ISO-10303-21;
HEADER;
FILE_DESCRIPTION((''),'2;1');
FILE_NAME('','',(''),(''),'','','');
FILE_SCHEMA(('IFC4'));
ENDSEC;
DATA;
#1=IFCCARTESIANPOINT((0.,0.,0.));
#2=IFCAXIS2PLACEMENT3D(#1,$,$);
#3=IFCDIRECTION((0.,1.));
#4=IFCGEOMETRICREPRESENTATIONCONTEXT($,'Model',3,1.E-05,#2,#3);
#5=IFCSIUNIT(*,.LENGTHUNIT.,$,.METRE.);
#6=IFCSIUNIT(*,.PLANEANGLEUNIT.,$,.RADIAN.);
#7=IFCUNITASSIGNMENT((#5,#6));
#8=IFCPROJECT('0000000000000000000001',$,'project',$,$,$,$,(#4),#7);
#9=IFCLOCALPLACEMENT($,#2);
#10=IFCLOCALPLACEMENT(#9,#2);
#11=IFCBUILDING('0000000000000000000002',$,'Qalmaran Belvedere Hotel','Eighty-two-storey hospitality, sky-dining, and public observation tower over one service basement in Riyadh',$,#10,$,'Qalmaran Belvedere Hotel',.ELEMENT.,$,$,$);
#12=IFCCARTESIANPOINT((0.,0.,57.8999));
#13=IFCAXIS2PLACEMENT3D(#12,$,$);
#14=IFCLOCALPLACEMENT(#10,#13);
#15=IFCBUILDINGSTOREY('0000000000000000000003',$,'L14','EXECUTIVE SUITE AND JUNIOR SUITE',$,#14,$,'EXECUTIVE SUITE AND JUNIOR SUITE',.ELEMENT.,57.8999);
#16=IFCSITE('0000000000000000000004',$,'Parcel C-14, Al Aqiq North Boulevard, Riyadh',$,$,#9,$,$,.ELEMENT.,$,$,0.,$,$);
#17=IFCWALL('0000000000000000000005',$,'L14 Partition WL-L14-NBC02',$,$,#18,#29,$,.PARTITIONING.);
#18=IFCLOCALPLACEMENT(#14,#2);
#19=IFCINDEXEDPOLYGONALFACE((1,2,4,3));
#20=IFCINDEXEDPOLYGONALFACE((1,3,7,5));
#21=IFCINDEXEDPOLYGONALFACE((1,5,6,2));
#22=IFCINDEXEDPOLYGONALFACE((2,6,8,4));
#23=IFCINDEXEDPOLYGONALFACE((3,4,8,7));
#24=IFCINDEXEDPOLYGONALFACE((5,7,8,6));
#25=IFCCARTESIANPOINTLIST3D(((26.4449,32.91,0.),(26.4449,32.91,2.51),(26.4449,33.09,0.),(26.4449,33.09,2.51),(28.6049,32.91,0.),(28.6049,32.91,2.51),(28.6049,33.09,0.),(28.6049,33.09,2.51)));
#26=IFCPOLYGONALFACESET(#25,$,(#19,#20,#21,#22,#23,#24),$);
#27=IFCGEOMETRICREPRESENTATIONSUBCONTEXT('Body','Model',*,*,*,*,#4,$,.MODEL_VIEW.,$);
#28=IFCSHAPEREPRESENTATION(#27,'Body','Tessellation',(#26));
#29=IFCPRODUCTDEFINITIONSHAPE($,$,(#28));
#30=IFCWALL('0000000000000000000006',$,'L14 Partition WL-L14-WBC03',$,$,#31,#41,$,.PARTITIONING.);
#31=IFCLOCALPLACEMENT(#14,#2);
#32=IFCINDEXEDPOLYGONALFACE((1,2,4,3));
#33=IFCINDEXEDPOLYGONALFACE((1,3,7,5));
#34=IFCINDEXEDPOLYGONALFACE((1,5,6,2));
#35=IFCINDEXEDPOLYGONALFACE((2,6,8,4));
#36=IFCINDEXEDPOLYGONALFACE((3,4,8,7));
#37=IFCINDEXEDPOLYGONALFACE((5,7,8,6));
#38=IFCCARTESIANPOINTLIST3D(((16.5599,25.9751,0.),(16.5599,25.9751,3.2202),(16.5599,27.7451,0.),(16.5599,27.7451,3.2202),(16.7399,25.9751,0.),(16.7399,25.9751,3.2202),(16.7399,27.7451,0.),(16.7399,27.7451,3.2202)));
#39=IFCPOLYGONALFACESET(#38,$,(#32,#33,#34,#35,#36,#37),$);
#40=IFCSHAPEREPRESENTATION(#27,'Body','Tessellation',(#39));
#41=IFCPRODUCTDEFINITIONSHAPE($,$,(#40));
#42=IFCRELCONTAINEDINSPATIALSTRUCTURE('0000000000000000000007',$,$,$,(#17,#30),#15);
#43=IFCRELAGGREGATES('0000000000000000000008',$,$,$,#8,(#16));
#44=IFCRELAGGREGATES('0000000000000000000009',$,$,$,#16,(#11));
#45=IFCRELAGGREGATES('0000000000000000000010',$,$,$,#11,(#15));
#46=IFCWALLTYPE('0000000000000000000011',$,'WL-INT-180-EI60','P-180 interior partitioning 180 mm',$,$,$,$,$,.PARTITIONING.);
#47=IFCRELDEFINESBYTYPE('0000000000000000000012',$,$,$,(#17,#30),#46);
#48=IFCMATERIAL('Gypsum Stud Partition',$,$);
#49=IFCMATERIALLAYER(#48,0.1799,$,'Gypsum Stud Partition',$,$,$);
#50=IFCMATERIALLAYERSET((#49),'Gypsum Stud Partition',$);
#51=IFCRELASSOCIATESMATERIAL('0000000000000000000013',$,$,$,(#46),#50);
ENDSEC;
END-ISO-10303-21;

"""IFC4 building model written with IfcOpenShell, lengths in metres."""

from ifc_helpers import new_model, si_unit, direction, frame, frame_2d, origin, place, context, subcontext, project, spatial, rectangle, extrude, material, layer, layer_set, type_object, element, save


model = new_model("IFC4")

# Units and contexts
model_context = context("Model", 3, precision=1e-05, world=origin(), true_north=direction((0.0, 1.0)))
body_context = subcontext(model_context, "Body", "Model", "MODEL_VIEW")
ifc_project = project(units=[si_unit("LENGTHUNIT", "METRE"), si_unit("PLANEANGLEUNIT", "RADIAN")], contexts=[model_context])

# Site, building, storey
site_placement = place(None, origin())
site = spatial("IfcSite", under=ifc_project, at=site_placement, Name="Parcel C-14, Al Aqiq North Boulevard, Riyadh", CompositionType="ELEMENT", RefElevation=0.0)
building_placement = place(site_placement, origin())
building = spatial("IfcBuilding", under=site, at=building_placement, Name="Qalmaran Belvedere Hotel", Description="Eighty-two-storey hospitality, sky-dining, and public observation tower over one service basement in Riyadh", LongName="Qalmaran Belvedere Hotel", CompositionType="ELEMENT")
storey_placement = place(building_placement, frame((0.0, 0.0, 57.8999)))
storey = spatial("IfcBuildingStorey", under=building, at=storey_placement, Name="L14", Description="EXECUTIVE SUITE AND JUNIOR SUITE", LongName="EXECUTIVE SUITE AND JUNIOR SUITE", CompositionType="ELEMENT", Elevation=57.8999)

# Shared definitions
ifc_material_1 = material(Name="Gypsum Stud Partition")

# Shared definitions
ifc_layer_1 = layer(ifc_material_1, 0.1799, Name="Gypsum Stud Partition")
ifc_layer_set_1 = layer_set([ifc_layer_1], Name="Gypsum Stud Partition")
wall_type_1 = type_object("IfcWallType", Name="WL-INT-180-EI60", Description="P-180 interior partitioning 180 mm", PredefinedType="PARTITIONING", material=ifc_layer_set_1)

# Wall
wall_1_placement = place(storey_placement, frame((26.4448, 33.0, 0.0), z_axis=(0.0, 0.0, 1.0), x_axis=(1.0, 0.0, 0.0)))
element("IfcWall", 1, at=wall_1_placement, inside=storey, type_object=wall_type_1, Name="L14 Partition WL-L14-NBC02", PredefinedType="PARTITIONING", context=body_context, shape_type="SweptSolid", body=[
    extrude(rectangle(XDim=2.1599, YDim=0.1799, at=frame_2d((1.0801, 0.0))), origin(), (0.0, 0.0, 1.0), 2.51),
])

# Wall
wall_2_placement = place(storey_placement, frame((16.6499, 25.9751, 0.0), z_axis=(0.0, 0.0, 1.0), x_axis=(0.0, 1.0, 0.0)))
element("IfcWall", 2, at=wall_2_placement, inside=storey, type_object=wall_type_1, Name="L14 Partition WL-L14-WBC03", PredefinedType="PARTITIONING", context=body_context, shape_type="SweptSolid", body=[
    extrude(rectangle(XDim=1.77, YDim=0.1799, at=frame_2d((0.885, 0.0))), origin(), (0.0, 0.0, 1.0), 3.2202),
])

save(model, "model.ifc")
